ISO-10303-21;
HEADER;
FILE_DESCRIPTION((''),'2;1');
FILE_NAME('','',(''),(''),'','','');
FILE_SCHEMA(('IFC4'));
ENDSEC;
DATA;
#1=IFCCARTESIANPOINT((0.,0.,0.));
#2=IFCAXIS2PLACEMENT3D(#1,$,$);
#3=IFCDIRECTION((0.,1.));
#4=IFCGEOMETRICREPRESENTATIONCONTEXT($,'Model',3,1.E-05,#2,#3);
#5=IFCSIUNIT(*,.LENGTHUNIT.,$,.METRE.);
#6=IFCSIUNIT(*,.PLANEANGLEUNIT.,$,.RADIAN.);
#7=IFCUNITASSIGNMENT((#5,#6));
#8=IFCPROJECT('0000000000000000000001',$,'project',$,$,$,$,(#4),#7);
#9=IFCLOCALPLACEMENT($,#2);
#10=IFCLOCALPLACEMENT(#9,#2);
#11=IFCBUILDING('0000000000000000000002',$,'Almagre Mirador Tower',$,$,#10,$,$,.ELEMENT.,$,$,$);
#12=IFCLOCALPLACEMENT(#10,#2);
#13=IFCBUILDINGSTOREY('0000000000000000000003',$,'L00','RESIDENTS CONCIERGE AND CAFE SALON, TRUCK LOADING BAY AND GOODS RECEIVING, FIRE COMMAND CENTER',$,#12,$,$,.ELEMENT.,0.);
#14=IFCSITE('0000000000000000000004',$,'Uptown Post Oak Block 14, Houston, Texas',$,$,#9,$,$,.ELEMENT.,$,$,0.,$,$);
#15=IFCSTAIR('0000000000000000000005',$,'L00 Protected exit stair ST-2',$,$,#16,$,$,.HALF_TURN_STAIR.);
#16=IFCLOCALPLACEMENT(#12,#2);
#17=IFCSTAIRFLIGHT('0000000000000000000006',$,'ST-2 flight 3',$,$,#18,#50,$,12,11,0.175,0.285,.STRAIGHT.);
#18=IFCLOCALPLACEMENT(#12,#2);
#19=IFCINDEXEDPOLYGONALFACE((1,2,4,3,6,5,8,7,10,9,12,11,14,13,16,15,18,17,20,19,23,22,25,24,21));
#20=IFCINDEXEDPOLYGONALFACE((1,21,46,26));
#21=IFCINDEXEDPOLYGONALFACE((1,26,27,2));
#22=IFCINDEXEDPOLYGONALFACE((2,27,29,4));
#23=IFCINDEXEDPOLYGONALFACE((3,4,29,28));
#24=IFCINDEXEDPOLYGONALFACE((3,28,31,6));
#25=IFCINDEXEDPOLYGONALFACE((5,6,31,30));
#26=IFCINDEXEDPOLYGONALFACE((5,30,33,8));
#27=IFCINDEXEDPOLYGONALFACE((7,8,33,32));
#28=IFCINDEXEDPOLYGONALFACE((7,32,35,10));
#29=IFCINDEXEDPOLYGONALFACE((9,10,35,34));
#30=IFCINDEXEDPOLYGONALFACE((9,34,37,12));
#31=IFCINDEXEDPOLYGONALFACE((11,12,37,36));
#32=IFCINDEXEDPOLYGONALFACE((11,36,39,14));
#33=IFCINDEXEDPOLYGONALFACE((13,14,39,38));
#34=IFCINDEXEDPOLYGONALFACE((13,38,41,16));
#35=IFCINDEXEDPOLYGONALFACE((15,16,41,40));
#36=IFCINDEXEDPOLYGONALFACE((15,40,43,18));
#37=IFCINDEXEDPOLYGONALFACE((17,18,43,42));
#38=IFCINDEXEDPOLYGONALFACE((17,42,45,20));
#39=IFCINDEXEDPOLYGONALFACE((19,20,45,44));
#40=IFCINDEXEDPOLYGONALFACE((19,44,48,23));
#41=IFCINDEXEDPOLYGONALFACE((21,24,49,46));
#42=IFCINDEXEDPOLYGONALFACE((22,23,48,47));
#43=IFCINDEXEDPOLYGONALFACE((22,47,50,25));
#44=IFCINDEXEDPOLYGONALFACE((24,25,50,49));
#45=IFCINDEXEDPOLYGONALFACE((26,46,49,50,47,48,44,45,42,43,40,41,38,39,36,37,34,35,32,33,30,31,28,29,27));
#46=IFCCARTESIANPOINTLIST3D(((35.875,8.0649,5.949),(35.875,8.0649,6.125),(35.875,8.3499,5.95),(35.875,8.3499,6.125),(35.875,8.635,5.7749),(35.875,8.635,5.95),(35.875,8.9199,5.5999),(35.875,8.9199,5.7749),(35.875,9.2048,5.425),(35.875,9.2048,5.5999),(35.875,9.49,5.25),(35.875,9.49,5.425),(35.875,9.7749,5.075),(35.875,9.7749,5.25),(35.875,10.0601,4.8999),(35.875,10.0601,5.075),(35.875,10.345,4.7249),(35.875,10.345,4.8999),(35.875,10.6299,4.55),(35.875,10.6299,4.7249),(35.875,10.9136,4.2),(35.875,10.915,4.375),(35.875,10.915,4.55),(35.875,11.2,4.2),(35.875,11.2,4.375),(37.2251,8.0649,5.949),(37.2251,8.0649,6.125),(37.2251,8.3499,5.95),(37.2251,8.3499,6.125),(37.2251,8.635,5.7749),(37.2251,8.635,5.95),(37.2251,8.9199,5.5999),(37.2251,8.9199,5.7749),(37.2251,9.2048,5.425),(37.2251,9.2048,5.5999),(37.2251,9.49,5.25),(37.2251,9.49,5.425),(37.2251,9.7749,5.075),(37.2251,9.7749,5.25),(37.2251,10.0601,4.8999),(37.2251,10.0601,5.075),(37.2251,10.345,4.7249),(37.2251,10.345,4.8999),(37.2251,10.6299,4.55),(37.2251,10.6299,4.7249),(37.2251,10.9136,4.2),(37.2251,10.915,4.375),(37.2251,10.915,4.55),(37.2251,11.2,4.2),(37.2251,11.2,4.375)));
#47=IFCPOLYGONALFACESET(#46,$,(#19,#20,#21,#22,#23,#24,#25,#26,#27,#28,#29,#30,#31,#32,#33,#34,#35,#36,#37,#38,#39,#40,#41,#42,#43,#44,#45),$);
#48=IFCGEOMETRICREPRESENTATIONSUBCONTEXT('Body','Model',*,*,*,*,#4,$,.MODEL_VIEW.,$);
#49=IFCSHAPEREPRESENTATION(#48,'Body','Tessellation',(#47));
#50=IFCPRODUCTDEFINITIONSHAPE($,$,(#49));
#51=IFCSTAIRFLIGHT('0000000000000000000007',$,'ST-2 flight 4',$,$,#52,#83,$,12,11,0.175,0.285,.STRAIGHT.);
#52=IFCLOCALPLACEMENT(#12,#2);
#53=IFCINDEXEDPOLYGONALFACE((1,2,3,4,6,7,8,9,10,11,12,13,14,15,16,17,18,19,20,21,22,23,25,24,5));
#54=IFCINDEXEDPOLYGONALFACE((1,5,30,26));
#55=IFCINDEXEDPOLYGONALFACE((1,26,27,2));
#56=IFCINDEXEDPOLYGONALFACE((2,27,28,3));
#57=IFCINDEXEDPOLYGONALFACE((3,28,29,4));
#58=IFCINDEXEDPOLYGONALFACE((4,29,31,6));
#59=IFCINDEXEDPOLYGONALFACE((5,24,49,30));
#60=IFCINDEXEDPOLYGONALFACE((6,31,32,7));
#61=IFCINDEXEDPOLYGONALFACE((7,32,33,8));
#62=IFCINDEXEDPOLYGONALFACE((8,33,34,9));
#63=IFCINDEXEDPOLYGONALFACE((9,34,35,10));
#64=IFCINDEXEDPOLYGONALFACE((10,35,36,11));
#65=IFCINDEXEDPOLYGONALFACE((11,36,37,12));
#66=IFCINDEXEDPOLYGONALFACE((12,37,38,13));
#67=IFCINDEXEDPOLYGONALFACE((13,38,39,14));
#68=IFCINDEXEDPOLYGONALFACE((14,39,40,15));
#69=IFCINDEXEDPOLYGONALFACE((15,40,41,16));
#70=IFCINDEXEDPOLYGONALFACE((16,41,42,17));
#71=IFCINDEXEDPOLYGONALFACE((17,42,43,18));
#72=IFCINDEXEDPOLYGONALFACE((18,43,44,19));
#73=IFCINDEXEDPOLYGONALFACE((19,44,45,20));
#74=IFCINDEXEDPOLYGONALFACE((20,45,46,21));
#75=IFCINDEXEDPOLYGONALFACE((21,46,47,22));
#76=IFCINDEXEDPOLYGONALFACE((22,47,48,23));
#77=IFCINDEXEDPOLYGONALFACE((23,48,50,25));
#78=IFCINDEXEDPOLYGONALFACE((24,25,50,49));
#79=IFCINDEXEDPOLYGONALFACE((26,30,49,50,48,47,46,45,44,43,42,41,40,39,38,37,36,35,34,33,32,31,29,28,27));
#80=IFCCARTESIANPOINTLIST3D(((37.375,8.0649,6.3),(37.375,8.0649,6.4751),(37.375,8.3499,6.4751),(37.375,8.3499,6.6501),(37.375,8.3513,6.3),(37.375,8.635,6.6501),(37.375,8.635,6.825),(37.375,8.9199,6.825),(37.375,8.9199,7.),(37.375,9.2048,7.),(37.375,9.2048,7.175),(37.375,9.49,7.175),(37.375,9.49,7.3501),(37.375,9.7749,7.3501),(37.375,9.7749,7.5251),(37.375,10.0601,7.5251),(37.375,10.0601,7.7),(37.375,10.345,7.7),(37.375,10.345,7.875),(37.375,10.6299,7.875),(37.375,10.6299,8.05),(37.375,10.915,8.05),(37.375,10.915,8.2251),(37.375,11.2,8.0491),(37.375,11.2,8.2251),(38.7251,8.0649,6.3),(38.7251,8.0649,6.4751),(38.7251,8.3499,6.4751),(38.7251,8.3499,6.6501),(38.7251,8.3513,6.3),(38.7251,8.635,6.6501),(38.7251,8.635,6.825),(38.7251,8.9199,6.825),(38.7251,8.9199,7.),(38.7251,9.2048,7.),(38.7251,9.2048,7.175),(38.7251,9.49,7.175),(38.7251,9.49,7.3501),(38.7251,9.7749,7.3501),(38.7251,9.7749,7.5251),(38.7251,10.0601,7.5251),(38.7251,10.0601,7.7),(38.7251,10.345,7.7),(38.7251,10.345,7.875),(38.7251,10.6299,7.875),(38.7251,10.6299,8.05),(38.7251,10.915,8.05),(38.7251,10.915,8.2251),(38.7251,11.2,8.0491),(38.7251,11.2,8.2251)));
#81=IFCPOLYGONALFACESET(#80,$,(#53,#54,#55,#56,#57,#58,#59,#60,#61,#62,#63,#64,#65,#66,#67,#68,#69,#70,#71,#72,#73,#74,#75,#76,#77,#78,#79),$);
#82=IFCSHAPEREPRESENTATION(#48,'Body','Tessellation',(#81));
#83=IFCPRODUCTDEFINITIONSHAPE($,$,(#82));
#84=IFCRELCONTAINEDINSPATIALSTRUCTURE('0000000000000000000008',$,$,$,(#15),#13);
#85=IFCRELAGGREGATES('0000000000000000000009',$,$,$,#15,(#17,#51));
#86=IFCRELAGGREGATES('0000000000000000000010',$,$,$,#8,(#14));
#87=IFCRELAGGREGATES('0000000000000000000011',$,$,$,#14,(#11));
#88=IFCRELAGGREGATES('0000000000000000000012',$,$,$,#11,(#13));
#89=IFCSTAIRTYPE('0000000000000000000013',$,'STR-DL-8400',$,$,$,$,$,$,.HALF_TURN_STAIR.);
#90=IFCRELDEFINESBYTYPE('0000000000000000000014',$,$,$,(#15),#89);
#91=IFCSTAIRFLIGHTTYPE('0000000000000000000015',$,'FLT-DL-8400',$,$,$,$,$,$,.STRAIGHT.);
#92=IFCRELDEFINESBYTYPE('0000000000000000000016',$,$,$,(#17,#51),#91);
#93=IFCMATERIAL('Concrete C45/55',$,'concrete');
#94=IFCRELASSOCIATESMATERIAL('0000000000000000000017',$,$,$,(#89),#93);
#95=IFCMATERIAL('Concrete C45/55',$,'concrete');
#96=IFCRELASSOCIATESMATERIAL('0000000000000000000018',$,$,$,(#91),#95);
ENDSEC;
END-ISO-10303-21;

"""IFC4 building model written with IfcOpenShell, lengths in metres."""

from ifc_helpers import new_model, si_unit, direction, frame, origin, place, context, subcontext, project, spatial, polyline, outline, extrude, material, type_object, element, aggregate, save


model = new_model("IFC4")

# Units and contexts
model_context = context("Model", 3, precision=1e-05, world=origin(), true_north=direction((0.0, 1.0)))
body_context = subcontext(model_context, "Body", "Model", "MODEL_VIEW")
ifc_project = project(units=[si_unit("LENGTHUNIT", "METRE"), si_unit("PLANEANGLEUNIT", "RADIAN")], contexts=[model_context])

# Site, building, storey
site_placement = place(None, origin())
site = spatial("IfcSite", under=ifc_project, at=site_placement, Name="Uptown Post Oak Block 14, Houston, Texas", CompositionType="ELEMENT", RefElevation=0.0)
building_placement = place(site_placement, origin())
building = spatial("IfcBuilding", under=site, at=building_placement, Name="Almagre Mirador Tower", CompositionType="ELEMENT")
storey_placement = place(building_placement, origin())
storey = spatial("IfcBuildingStorey", under=building, at=storey_placement, Name="L00", Description="RESIDENTS CONCIERGE AND CAFE SALON, TRUCK LOADING BAY AND GOODS RECEIVING, FIRE COMMAND CENTER", CompositionType="ELEMENT", Elevation=0.0)

# Stair, stair flights
ifc_material_1 = material(Name="Concrete C45/55", Category="concrete")
stair_type = type_object("IfcStairType", Name="STR-DL-8400", PredefinedType="HALF_TURN_STAIR", material=ifc_material_1)
stair_placement = place(storey_placement, origin())
stair = element("IfcStair", 1, at=stair_placement, inside=storey, type_object=stair_type, Name="L00 Protected exit stair ST-2", PredefinedType="HALF_TURN_STAIR")
ifc_material_2 = material(Name="Concrete C45/55", Category="concrete")
stair_flight_type = type_object("IfcStairFlightType", Name="FLT-DL-8400", PredefinedType="STRAIGHT", material=ifc_material_2)
stair_flight_1_placement = place(storey_placement, frame((36.55, 11.2, 4.2), z_axis=(0.0, 0.0, 1.0), x_axis=(0.0, -1.0, 0.0)))
stair_flight_1 = element("IfcStairFlight", 2, at=stair_flight_1_placement, type_object=stair_flight_type, Name="ST-2 flight 3", NumberOfRisers=12, NumberOfTreads=11, PredefinedType="STRAIGHT", RiserHeight=0.175, TreadLength=0.285, context=body_context, shape_type="SweptSolid", body=[
    extrude(outline(polyline([(0.0, 0.0), (0.0, 0.175), (0.2849, 0.175), (0.2849, 0.3501), (0.5701, 0.3501), (0.5701, 0.5249), (0.855, 0.5249), (0.855, 0.7), (1.1399, 0.7), (1.1399, 0.875), (1.425, 0.875), (1.425, 1.05), (1.71, 1.05), (1.71, 1.2251), (1.9951, 1.2251), (1.9951, 1.3999), (2.28, 1.3999), (2.28, 1.575), (2.5649, 1.575), (2.5649, 1.75), (2.8501, 1.75), (2.8501, 1.925), (3.135, 1.925), (3.135, 2.1001), (3.135, 1.749), (0.2864, 0.0), (0.0, 0.0)])), frame((0.0, 0.675, 0.0), z_axis=(0.0, -1.0, 0.0), x_axis=(1.0, 0.0, 0.0)), (0.0, 0.0, 1.0), 1.3501),
])
stair_flight_2_placement = place(storey_placement, frame((38.05, 8.0649, 6.3), z_axis=(0.0, 0.0, 1.0), x_axis=(0.0, 1.0, 0.0)))
stair_flight_2 = element("IfcStairFlight", 3, at=stair_flight_2_placement, type_object=stair_flight_type, Name="ST-2 flight 4", NumberOfRisers=12, NumberOfTreads=11, PredefinedType="STRAIGHT", RiserHeight=0.175, TreadLength=0.285, context=body_context, shape_type="SweptSolid", body=[
    extrude(outline(polyline([(0.0, 0.0), (0.0, 0.175), (0.2849, 0.175), (0.2849, 0.3501), (0.5701, 0.3501), (0.5701, 0.5249), (0.855, 0.5249), (0.855, 0.7), (1.1399, 0.7), (1.1399, 0.875), (1.425, 0.875), (1.425, 1.05), (1.71, 1.05), (1.71, 1.2251), (1.9951, 1.2251), (1.9951, 1.3999), (2.28, 1.3999), (2.28, 1.575), (2.5649, 1.575), (2.5649, 1.75), (2.8501, 1.75), (2.8501, 1.925), (3.135, 1.925), (3.135, 2.1001), (3.135, 1.749), (0.2864, 0.0), (0.0, 0.0)])), frame((0.0, 0.675, 0.0), z_axis=(0.0, -1.0, 0.0), x_axis=(1.0, 0.0, 0.0)), (0.0, 0.0, 1.0), 1.3501),
])
aggregate(stair, [stair_flight_1, stair_flight_2])

save(model, "model.ifc")
